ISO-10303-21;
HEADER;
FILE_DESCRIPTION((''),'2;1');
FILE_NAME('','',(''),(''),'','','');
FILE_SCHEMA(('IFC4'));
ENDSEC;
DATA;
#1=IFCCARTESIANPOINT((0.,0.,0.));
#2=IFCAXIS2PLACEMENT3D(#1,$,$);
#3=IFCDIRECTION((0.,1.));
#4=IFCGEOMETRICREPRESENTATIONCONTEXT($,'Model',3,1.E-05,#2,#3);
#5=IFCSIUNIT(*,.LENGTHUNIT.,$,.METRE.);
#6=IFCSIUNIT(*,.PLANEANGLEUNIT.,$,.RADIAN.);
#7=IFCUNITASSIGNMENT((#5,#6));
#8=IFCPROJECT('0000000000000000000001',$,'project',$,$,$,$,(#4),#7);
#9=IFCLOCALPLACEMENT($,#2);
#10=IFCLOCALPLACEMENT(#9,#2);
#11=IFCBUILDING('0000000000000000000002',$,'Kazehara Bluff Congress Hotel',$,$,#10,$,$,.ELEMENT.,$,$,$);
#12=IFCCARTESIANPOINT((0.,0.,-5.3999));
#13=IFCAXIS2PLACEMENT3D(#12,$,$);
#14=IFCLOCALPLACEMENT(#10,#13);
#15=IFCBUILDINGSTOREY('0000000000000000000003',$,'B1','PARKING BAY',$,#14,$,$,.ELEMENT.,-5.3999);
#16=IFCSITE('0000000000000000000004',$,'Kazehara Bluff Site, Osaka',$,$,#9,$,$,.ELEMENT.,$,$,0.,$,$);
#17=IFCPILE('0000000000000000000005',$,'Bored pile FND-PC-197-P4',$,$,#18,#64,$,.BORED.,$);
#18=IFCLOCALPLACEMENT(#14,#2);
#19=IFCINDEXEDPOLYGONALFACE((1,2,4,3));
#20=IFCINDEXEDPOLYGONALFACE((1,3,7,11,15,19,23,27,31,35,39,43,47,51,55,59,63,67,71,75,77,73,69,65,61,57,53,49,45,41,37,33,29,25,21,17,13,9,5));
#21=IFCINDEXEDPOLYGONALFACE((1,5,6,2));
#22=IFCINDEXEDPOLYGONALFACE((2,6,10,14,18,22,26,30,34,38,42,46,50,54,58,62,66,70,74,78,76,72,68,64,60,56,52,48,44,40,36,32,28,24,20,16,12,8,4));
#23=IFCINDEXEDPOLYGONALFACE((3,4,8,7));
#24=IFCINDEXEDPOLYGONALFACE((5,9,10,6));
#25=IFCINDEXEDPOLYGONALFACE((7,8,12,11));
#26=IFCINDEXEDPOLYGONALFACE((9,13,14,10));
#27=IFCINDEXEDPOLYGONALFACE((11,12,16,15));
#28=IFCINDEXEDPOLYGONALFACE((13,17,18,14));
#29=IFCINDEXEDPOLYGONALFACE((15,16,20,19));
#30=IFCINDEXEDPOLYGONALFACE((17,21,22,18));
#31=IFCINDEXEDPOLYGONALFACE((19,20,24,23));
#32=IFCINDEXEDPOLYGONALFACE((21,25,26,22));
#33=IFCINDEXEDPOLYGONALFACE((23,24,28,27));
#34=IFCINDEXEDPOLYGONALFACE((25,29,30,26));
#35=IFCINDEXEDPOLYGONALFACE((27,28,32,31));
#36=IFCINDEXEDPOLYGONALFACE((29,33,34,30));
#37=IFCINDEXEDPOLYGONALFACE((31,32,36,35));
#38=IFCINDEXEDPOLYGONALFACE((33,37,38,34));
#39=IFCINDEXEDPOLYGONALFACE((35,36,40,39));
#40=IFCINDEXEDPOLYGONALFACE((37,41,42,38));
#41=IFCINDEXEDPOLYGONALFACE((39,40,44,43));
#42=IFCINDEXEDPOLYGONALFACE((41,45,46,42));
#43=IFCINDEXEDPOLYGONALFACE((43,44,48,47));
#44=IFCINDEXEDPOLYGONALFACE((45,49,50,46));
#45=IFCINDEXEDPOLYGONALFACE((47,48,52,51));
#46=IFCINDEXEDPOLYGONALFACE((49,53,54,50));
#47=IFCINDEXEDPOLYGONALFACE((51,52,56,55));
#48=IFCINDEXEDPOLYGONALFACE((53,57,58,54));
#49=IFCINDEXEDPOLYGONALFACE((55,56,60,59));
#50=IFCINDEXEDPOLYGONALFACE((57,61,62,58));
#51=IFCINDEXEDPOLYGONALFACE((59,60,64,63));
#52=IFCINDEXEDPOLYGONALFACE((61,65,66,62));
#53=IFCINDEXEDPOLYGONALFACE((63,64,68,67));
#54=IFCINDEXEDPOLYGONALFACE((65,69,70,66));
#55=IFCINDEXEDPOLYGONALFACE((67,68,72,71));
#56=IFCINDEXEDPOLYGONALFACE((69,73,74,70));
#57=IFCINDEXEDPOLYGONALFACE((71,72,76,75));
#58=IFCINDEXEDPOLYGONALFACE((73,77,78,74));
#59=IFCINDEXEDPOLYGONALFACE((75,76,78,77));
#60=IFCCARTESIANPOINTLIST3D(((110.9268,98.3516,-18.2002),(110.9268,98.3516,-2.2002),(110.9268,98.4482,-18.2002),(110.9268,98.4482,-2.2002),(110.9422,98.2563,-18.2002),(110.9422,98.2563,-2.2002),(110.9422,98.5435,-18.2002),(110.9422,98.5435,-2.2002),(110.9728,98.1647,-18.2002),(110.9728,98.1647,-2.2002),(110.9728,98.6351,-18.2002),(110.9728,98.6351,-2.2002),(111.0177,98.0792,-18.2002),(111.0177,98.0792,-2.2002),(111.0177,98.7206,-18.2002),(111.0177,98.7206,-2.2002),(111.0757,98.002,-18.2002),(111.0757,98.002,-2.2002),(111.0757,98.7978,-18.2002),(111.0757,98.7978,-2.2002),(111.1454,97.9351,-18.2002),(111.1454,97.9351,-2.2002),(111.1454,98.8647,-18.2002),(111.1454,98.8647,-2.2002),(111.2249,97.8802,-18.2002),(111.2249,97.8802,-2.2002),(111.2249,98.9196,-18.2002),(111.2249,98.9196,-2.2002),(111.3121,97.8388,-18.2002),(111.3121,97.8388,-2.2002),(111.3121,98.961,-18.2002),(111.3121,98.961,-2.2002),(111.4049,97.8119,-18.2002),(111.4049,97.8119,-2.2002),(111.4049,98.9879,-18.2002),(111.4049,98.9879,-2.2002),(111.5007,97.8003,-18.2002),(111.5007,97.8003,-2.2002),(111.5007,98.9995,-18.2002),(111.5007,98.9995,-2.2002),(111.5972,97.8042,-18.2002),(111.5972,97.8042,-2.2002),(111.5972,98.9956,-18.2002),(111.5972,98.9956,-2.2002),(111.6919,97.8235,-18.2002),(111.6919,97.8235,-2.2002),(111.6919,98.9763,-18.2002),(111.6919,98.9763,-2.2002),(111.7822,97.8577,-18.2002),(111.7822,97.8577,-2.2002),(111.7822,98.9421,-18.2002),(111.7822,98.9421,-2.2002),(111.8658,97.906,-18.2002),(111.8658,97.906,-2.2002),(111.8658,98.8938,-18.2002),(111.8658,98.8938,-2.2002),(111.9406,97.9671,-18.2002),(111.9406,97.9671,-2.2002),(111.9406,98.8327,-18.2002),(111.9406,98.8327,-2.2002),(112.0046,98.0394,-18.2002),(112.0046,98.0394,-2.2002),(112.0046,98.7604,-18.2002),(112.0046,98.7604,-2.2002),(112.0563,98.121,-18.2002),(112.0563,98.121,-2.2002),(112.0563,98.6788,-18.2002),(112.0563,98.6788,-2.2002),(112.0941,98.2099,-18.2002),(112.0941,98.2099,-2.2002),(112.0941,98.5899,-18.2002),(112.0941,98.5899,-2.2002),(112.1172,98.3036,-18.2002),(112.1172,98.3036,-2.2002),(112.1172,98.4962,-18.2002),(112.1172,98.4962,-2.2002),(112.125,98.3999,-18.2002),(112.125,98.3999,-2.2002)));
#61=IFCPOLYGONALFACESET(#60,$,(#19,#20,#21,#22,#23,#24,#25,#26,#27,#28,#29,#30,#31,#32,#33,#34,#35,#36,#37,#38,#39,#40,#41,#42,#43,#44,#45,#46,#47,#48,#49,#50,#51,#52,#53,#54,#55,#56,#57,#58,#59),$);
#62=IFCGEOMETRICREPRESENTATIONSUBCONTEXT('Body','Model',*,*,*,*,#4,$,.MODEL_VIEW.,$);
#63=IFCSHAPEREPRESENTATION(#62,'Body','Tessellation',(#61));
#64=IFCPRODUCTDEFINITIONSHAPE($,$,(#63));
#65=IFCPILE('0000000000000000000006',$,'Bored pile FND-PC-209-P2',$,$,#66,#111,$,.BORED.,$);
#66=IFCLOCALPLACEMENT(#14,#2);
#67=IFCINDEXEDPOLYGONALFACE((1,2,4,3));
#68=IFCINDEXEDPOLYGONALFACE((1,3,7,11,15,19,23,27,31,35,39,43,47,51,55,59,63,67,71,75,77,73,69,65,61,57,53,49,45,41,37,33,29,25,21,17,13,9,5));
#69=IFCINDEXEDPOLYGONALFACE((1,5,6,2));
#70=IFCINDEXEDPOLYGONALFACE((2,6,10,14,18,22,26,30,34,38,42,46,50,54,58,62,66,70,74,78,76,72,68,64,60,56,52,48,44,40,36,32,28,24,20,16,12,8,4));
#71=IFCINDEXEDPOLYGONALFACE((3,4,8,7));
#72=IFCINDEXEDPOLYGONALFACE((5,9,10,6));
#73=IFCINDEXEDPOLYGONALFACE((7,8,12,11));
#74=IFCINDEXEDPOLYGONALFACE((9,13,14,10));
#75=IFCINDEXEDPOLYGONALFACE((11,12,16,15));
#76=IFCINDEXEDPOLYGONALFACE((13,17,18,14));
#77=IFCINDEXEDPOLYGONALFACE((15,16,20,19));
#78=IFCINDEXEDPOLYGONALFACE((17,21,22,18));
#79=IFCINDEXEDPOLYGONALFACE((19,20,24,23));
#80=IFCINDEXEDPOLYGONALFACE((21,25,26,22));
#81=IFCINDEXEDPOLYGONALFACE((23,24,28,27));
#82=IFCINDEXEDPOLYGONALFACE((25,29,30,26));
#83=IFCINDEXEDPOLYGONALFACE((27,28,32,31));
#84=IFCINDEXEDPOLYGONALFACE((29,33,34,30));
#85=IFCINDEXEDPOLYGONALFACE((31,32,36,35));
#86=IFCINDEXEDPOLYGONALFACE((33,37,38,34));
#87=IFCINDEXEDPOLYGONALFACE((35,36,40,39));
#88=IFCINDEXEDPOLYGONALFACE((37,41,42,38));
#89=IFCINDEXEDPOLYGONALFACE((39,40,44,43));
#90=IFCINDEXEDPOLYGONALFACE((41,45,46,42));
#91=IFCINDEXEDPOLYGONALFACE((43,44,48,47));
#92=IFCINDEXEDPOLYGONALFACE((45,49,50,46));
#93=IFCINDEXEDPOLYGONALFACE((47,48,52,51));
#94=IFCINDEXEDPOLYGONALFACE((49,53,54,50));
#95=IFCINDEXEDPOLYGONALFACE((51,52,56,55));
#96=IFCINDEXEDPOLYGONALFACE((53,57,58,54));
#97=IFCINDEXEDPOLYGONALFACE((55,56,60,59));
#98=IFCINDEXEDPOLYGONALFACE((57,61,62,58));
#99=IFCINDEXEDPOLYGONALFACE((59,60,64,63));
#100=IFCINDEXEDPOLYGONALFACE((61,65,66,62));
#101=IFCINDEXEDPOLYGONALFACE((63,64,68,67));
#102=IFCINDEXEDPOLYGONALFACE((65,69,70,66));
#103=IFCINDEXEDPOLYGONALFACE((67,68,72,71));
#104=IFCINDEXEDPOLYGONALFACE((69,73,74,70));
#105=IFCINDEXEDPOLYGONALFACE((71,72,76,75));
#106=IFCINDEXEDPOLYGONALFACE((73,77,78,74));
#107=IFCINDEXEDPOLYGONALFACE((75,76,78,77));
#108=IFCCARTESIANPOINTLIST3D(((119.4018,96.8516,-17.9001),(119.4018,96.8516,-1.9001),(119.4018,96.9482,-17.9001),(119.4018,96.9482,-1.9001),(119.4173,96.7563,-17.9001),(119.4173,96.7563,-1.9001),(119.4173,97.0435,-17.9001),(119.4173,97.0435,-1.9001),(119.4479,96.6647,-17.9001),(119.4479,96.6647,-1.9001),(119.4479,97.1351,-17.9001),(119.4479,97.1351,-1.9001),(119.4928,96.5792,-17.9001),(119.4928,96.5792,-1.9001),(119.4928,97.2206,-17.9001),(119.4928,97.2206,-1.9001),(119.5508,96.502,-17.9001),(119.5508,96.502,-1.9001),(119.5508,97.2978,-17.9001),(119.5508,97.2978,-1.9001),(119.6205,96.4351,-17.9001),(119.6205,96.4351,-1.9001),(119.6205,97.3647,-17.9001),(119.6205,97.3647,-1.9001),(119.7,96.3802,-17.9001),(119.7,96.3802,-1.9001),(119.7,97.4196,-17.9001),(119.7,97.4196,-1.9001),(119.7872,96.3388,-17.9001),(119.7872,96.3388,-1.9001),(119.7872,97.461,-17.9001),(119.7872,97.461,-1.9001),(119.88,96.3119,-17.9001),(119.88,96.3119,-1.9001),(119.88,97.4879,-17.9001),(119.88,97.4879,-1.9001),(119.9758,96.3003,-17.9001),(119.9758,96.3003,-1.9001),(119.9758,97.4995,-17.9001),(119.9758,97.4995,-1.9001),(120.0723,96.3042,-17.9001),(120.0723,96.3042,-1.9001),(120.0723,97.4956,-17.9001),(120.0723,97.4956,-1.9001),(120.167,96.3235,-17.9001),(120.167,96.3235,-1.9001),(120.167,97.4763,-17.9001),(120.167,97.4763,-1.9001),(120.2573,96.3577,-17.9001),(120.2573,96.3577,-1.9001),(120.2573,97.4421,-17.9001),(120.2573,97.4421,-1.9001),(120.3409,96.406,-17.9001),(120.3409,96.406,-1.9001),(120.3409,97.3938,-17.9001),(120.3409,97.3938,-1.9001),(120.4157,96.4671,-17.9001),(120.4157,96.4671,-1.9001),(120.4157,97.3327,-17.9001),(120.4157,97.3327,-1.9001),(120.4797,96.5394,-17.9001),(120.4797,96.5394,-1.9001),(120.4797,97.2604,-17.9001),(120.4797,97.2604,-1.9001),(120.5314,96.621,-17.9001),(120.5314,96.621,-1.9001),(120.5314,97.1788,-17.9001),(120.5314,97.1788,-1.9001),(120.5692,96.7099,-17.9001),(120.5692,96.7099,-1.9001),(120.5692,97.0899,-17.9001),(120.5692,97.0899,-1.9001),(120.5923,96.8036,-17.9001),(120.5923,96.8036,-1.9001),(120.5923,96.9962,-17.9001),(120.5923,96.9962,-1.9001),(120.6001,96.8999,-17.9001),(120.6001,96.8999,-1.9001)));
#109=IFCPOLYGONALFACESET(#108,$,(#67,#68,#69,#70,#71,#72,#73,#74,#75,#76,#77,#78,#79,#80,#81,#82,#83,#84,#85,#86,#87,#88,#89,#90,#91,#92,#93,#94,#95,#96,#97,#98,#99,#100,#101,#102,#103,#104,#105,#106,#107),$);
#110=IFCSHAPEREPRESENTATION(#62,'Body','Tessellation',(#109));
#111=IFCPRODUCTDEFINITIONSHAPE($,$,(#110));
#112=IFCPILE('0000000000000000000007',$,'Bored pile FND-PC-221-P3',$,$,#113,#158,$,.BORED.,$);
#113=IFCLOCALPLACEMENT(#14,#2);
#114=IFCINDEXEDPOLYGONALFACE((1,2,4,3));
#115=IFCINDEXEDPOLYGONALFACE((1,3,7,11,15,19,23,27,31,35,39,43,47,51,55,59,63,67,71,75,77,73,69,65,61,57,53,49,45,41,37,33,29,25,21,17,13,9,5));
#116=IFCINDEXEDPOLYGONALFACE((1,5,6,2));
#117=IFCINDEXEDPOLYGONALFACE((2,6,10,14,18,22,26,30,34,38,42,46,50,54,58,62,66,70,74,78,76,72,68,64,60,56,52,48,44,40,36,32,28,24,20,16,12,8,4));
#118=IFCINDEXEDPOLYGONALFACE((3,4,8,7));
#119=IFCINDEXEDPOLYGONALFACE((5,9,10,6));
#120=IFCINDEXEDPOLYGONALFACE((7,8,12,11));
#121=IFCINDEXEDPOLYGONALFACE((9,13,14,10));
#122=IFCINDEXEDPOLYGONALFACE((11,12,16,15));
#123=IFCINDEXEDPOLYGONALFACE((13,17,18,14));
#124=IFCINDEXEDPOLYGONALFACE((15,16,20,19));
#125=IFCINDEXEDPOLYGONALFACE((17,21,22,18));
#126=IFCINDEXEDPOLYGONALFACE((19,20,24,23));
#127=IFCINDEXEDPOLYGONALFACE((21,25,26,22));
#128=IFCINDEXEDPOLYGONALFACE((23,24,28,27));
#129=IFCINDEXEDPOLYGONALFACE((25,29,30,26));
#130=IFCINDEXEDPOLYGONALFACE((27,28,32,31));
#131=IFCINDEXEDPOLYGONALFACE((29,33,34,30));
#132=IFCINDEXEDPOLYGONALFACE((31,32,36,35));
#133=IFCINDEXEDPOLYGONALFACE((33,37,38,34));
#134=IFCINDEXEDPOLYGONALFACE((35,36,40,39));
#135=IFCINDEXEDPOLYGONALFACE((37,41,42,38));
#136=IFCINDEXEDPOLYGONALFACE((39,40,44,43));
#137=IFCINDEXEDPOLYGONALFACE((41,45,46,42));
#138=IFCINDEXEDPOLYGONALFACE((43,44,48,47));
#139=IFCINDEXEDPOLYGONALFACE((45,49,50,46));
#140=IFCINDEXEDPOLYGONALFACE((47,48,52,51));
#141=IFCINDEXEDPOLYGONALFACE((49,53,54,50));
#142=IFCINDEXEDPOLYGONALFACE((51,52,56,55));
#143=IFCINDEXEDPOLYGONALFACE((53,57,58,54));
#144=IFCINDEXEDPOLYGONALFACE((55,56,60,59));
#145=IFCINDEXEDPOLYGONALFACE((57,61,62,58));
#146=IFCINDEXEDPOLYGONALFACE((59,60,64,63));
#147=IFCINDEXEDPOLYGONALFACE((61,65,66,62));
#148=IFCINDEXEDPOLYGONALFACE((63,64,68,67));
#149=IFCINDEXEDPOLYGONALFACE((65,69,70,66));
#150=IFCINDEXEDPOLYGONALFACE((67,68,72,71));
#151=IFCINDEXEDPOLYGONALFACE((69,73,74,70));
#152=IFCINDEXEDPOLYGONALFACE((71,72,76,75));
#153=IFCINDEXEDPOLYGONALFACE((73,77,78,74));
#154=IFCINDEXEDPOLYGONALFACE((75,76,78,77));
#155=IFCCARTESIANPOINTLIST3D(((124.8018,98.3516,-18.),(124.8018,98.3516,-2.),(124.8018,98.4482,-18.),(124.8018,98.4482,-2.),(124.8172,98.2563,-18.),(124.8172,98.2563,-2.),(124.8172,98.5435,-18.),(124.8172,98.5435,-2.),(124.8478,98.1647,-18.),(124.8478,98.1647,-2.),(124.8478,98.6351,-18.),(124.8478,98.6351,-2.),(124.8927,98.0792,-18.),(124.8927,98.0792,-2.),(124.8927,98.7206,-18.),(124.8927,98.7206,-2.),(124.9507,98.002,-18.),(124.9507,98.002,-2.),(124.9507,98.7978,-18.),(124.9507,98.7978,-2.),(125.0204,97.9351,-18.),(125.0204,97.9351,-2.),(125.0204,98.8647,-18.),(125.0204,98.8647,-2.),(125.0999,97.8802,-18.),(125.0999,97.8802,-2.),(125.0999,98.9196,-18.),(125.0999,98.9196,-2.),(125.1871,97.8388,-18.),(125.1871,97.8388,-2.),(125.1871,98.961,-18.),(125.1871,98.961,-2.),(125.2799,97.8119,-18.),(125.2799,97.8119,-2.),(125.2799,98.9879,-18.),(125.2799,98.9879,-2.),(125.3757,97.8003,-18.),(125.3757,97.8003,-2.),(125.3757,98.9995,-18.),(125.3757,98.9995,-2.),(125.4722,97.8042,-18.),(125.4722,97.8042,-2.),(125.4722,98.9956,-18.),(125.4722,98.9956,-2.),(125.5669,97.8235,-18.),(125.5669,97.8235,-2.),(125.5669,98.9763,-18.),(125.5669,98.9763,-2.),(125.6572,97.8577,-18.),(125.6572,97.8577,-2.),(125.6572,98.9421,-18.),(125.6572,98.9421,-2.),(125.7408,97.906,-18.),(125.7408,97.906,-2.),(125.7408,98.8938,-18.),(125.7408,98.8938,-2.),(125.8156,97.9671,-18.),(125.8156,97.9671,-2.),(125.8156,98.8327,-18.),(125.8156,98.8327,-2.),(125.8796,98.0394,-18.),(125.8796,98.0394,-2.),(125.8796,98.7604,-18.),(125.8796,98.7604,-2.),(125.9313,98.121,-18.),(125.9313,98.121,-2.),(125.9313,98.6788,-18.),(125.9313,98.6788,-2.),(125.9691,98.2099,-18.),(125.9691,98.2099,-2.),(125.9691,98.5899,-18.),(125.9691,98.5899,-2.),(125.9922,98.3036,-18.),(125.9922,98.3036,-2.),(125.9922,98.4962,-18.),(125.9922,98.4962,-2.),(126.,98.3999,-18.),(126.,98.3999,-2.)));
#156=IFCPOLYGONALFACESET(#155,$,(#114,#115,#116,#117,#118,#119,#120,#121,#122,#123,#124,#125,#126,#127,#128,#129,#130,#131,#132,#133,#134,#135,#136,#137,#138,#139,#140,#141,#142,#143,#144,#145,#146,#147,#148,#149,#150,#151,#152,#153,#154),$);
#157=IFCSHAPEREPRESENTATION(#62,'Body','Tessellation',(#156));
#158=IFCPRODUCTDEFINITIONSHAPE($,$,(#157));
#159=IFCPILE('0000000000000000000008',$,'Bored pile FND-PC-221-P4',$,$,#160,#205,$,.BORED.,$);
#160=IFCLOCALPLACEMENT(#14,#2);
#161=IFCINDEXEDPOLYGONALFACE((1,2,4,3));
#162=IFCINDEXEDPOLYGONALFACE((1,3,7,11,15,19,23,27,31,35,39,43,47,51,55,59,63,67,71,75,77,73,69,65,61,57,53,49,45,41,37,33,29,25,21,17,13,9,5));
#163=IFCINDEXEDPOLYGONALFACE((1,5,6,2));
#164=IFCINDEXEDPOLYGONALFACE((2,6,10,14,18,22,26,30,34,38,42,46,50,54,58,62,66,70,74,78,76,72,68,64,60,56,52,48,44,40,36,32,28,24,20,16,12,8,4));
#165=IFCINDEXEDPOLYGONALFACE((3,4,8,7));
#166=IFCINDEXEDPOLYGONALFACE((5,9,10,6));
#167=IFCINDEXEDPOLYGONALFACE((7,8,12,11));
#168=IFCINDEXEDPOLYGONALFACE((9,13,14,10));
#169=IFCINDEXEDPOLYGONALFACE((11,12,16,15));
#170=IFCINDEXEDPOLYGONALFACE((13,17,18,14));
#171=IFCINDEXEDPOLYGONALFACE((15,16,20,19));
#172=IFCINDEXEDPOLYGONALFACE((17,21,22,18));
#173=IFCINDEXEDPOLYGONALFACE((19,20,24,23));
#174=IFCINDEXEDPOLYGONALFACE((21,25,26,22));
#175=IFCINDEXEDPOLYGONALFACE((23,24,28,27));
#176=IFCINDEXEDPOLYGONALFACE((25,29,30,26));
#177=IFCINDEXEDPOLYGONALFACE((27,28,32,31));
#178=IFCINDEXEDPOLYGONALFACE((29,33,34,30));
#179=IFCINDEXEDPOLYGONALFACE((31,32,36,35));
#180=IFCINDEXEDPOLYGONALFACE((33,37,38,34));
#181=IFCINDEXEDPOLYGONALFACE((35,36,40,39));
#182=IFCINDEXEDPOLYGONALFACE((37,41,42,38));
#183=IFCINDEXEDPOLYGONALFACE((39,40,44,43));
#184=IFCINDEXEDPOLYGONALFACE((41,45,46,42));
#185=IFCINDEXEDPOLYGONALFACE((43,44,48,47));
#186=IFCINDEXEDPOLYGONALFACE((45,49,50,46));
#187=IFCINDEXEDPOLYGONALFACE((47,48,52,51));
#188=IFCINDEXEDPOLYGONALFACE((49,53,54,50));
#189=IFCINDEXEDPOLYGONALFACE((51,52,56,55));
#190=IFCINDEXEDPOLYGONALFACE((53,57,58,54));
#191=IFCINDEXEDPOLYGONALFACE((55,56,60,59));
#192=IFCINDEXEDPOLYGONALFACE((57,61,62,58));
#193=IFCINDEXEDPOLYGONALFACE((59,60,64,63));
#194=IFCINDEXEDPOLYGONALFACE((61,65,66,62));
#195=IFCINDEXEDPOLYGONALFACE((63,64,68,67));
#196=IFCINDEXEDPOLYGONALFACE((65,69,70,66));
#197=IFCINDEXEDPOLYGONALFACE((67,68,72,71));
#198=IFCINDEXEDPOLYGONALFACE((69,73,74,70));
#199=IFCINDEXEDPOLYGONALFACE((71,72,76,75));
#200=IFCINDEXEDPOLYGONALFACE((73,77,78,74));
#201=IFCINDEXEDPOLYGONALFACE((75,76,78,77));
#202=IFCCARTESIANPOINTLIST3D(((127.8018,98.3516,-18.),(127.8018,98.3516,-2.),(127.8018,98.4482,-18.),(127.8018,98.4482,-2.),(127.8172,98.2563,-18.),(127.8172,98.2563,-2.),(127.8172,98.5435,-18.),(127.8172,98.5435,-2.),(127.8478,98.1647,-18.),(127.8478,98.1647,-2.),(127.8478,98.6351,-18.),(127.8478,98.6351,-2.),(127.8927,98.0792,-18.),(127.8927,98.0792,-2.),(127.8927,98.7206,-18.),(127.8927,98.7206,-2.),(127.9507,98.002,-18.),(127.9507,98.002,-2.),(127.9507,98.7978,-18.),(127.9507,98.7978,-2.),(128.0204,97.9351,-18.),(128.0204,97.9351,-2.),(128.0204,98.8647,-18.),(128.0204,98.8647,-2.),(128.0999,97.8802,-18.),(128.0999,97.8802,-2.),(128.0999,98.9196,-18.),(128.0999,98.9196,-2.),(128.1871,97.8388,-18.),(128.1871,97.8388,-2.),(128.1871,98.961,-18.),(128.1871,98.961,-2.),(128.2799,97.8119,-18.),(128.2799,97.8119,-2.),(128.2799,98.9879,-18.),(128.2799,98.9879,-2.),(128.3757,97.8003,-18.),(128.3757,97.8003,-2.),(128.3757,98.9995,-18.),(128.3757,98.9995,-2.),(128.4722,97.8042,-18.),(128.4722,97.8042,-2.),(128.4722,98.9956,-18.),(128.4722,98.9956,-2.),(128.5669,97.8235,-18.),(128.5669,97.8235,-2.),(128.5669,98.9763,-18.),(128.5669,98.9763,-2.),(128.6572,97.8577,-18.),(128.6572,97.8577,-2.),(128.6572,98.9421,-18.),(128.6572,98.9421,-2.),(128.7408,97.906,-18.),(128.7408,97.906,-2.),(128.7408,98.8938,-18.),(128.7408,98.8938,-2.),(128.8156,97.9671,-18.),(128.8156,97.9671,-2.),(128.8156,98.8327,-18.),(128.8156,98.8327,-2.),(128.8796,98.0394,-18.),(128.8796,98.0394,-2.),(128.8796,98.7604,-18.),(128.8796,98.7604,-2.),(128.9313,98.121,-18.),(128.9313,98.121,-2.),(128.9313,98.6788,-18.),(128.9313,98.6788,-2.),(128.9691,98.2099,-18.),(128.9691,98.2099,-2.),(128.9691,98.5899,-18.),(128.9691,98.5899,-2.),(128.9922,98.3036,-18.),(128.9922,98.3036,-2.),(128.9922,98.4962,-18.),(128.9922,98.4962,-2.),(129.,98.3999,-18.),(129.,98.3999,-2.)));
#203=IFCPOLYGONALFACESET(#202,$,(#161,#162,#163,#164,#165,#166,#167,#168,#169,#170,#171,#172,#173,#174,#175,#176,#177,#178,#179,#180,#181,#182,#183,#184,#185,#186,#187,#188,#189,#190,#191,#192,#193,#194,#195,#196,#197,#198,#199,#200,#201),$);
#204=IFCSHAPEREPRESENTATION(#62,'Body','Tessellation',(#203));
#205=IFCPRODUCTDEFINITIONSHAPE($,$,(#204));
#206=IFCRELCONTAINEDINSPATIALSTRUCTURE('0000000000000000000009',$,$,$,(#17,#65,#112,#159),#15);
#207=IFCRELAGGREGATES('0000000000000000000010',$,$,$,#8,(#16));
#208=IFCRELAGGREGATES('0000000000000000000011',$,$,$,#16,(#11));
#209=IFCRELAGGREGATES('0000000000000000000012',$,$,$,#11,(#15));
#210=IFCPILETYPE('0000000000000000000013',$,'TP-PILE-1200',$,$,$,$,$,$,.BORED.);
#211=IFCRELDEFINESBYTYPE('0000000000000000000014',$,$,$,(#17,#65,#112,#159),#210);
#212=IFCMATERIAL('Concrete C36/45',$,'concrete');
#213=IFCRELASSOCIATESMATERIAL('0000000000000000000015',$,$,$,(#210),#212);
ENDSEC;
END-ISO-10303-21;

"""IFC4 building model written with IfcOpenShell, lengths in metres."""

from ifc_helpers import new_model, si_unit, direction, frame, origin, origin_2d, place, context, subcontext, project, spatial, circle, extrude, material, material_profile, profile_set, type_object, element, save


model = new_model("IFC4")

# Units and contexts
model_context = context("Model", 3, precision=1e-05, world=origin(), true_north=direction((0.0, 1.0)))
body_context = subcontext(model_context, "Body", "Model", "MODEL_VIEW")
ifc_project = project(units=[si_unit("LENGTHUNIT", "METRE"), si_unit("PLANEANGLEUNIT", "RADIAN")], contexts=[model_context])

# Site, building, storey
site_placement = place(None, origin())
site = spatial("IfcSite", under=ifc_project, at=site_placement, Name="Kazehara Bluff Site, Osaka", CompositionType="ELEMENT", RefElevation=0.0)
building_placement = place(site_placement, origin())
building = spatial("IfcBuilding", under=site, at=building_placement, Name="Kazehara Bluff Congress Hotel", CompositionType="ELEMENT")
storey_placement = place(building_placement, frame((0.0, 0.0, -5.3999)))
storey = spatial("IfcBuildingStorey", under=building, at=storey_placement, Name="B1", Description="PARKING BAY", CompositionType="ELEMENT", Elevation=-5.3999)

# Piles
ifc_material_1 = material(Name="Concrete C36/45", Category="concrete")
ifc_material_profile_1 = material_profile(ifc_material_1, circle(Radius=0.6001, at=origin_2d()))
ifc_profile_set_1 = profile_set([ifc_material_profile_1], Name="Concrete C36/45")
pile_type = type_object("IfcPileType", Name="TP-PILE-1200", PredefinedType="BORED", material=ifc_profile_set_1)
for number, where, z_axis, x_axis, name in (
    (1, (111.5249, 98.3999, -2.2002), (0.0, 0.0, -1.0), (1.0, 0.0, 0.0), "Bored pile FND-PC-197-P4"),
    (2, (120.0, 96.8999, -1.9001), (0.0, 0.0, -1.0), (1.0, 0.0, 0.0), "Bored pile FND-PC-209-P2"),
    (3, (125.3999, 98.3999, -2.0), (0.0, 0.0, -1.0), (1.0, 0.0, 0.0), "Bored pile FND-PC-221-P3"),
    (4, (128.3999, 98.3999, -2.0), (0.0, 0.0, -1.0), (1.0, 0.0, 0.0), "Bored pile FND-PC-221-P4"),
):
    element("IfcPile", number, at=place(storey_placement, frame(where, z_axis=z_axis, x_axis=x_axis)), inside=storey, type_object=pile_type, Name=name, PredefinedType="BORED", context=body_context, shape_type="SweptSolid", body=[
        extrude(circle(Radius=0.6001, at=origin_2d()), origin(), (0.0, 0.0, 1.0), 16.0),
    ])

save(model, "model.ifc")
